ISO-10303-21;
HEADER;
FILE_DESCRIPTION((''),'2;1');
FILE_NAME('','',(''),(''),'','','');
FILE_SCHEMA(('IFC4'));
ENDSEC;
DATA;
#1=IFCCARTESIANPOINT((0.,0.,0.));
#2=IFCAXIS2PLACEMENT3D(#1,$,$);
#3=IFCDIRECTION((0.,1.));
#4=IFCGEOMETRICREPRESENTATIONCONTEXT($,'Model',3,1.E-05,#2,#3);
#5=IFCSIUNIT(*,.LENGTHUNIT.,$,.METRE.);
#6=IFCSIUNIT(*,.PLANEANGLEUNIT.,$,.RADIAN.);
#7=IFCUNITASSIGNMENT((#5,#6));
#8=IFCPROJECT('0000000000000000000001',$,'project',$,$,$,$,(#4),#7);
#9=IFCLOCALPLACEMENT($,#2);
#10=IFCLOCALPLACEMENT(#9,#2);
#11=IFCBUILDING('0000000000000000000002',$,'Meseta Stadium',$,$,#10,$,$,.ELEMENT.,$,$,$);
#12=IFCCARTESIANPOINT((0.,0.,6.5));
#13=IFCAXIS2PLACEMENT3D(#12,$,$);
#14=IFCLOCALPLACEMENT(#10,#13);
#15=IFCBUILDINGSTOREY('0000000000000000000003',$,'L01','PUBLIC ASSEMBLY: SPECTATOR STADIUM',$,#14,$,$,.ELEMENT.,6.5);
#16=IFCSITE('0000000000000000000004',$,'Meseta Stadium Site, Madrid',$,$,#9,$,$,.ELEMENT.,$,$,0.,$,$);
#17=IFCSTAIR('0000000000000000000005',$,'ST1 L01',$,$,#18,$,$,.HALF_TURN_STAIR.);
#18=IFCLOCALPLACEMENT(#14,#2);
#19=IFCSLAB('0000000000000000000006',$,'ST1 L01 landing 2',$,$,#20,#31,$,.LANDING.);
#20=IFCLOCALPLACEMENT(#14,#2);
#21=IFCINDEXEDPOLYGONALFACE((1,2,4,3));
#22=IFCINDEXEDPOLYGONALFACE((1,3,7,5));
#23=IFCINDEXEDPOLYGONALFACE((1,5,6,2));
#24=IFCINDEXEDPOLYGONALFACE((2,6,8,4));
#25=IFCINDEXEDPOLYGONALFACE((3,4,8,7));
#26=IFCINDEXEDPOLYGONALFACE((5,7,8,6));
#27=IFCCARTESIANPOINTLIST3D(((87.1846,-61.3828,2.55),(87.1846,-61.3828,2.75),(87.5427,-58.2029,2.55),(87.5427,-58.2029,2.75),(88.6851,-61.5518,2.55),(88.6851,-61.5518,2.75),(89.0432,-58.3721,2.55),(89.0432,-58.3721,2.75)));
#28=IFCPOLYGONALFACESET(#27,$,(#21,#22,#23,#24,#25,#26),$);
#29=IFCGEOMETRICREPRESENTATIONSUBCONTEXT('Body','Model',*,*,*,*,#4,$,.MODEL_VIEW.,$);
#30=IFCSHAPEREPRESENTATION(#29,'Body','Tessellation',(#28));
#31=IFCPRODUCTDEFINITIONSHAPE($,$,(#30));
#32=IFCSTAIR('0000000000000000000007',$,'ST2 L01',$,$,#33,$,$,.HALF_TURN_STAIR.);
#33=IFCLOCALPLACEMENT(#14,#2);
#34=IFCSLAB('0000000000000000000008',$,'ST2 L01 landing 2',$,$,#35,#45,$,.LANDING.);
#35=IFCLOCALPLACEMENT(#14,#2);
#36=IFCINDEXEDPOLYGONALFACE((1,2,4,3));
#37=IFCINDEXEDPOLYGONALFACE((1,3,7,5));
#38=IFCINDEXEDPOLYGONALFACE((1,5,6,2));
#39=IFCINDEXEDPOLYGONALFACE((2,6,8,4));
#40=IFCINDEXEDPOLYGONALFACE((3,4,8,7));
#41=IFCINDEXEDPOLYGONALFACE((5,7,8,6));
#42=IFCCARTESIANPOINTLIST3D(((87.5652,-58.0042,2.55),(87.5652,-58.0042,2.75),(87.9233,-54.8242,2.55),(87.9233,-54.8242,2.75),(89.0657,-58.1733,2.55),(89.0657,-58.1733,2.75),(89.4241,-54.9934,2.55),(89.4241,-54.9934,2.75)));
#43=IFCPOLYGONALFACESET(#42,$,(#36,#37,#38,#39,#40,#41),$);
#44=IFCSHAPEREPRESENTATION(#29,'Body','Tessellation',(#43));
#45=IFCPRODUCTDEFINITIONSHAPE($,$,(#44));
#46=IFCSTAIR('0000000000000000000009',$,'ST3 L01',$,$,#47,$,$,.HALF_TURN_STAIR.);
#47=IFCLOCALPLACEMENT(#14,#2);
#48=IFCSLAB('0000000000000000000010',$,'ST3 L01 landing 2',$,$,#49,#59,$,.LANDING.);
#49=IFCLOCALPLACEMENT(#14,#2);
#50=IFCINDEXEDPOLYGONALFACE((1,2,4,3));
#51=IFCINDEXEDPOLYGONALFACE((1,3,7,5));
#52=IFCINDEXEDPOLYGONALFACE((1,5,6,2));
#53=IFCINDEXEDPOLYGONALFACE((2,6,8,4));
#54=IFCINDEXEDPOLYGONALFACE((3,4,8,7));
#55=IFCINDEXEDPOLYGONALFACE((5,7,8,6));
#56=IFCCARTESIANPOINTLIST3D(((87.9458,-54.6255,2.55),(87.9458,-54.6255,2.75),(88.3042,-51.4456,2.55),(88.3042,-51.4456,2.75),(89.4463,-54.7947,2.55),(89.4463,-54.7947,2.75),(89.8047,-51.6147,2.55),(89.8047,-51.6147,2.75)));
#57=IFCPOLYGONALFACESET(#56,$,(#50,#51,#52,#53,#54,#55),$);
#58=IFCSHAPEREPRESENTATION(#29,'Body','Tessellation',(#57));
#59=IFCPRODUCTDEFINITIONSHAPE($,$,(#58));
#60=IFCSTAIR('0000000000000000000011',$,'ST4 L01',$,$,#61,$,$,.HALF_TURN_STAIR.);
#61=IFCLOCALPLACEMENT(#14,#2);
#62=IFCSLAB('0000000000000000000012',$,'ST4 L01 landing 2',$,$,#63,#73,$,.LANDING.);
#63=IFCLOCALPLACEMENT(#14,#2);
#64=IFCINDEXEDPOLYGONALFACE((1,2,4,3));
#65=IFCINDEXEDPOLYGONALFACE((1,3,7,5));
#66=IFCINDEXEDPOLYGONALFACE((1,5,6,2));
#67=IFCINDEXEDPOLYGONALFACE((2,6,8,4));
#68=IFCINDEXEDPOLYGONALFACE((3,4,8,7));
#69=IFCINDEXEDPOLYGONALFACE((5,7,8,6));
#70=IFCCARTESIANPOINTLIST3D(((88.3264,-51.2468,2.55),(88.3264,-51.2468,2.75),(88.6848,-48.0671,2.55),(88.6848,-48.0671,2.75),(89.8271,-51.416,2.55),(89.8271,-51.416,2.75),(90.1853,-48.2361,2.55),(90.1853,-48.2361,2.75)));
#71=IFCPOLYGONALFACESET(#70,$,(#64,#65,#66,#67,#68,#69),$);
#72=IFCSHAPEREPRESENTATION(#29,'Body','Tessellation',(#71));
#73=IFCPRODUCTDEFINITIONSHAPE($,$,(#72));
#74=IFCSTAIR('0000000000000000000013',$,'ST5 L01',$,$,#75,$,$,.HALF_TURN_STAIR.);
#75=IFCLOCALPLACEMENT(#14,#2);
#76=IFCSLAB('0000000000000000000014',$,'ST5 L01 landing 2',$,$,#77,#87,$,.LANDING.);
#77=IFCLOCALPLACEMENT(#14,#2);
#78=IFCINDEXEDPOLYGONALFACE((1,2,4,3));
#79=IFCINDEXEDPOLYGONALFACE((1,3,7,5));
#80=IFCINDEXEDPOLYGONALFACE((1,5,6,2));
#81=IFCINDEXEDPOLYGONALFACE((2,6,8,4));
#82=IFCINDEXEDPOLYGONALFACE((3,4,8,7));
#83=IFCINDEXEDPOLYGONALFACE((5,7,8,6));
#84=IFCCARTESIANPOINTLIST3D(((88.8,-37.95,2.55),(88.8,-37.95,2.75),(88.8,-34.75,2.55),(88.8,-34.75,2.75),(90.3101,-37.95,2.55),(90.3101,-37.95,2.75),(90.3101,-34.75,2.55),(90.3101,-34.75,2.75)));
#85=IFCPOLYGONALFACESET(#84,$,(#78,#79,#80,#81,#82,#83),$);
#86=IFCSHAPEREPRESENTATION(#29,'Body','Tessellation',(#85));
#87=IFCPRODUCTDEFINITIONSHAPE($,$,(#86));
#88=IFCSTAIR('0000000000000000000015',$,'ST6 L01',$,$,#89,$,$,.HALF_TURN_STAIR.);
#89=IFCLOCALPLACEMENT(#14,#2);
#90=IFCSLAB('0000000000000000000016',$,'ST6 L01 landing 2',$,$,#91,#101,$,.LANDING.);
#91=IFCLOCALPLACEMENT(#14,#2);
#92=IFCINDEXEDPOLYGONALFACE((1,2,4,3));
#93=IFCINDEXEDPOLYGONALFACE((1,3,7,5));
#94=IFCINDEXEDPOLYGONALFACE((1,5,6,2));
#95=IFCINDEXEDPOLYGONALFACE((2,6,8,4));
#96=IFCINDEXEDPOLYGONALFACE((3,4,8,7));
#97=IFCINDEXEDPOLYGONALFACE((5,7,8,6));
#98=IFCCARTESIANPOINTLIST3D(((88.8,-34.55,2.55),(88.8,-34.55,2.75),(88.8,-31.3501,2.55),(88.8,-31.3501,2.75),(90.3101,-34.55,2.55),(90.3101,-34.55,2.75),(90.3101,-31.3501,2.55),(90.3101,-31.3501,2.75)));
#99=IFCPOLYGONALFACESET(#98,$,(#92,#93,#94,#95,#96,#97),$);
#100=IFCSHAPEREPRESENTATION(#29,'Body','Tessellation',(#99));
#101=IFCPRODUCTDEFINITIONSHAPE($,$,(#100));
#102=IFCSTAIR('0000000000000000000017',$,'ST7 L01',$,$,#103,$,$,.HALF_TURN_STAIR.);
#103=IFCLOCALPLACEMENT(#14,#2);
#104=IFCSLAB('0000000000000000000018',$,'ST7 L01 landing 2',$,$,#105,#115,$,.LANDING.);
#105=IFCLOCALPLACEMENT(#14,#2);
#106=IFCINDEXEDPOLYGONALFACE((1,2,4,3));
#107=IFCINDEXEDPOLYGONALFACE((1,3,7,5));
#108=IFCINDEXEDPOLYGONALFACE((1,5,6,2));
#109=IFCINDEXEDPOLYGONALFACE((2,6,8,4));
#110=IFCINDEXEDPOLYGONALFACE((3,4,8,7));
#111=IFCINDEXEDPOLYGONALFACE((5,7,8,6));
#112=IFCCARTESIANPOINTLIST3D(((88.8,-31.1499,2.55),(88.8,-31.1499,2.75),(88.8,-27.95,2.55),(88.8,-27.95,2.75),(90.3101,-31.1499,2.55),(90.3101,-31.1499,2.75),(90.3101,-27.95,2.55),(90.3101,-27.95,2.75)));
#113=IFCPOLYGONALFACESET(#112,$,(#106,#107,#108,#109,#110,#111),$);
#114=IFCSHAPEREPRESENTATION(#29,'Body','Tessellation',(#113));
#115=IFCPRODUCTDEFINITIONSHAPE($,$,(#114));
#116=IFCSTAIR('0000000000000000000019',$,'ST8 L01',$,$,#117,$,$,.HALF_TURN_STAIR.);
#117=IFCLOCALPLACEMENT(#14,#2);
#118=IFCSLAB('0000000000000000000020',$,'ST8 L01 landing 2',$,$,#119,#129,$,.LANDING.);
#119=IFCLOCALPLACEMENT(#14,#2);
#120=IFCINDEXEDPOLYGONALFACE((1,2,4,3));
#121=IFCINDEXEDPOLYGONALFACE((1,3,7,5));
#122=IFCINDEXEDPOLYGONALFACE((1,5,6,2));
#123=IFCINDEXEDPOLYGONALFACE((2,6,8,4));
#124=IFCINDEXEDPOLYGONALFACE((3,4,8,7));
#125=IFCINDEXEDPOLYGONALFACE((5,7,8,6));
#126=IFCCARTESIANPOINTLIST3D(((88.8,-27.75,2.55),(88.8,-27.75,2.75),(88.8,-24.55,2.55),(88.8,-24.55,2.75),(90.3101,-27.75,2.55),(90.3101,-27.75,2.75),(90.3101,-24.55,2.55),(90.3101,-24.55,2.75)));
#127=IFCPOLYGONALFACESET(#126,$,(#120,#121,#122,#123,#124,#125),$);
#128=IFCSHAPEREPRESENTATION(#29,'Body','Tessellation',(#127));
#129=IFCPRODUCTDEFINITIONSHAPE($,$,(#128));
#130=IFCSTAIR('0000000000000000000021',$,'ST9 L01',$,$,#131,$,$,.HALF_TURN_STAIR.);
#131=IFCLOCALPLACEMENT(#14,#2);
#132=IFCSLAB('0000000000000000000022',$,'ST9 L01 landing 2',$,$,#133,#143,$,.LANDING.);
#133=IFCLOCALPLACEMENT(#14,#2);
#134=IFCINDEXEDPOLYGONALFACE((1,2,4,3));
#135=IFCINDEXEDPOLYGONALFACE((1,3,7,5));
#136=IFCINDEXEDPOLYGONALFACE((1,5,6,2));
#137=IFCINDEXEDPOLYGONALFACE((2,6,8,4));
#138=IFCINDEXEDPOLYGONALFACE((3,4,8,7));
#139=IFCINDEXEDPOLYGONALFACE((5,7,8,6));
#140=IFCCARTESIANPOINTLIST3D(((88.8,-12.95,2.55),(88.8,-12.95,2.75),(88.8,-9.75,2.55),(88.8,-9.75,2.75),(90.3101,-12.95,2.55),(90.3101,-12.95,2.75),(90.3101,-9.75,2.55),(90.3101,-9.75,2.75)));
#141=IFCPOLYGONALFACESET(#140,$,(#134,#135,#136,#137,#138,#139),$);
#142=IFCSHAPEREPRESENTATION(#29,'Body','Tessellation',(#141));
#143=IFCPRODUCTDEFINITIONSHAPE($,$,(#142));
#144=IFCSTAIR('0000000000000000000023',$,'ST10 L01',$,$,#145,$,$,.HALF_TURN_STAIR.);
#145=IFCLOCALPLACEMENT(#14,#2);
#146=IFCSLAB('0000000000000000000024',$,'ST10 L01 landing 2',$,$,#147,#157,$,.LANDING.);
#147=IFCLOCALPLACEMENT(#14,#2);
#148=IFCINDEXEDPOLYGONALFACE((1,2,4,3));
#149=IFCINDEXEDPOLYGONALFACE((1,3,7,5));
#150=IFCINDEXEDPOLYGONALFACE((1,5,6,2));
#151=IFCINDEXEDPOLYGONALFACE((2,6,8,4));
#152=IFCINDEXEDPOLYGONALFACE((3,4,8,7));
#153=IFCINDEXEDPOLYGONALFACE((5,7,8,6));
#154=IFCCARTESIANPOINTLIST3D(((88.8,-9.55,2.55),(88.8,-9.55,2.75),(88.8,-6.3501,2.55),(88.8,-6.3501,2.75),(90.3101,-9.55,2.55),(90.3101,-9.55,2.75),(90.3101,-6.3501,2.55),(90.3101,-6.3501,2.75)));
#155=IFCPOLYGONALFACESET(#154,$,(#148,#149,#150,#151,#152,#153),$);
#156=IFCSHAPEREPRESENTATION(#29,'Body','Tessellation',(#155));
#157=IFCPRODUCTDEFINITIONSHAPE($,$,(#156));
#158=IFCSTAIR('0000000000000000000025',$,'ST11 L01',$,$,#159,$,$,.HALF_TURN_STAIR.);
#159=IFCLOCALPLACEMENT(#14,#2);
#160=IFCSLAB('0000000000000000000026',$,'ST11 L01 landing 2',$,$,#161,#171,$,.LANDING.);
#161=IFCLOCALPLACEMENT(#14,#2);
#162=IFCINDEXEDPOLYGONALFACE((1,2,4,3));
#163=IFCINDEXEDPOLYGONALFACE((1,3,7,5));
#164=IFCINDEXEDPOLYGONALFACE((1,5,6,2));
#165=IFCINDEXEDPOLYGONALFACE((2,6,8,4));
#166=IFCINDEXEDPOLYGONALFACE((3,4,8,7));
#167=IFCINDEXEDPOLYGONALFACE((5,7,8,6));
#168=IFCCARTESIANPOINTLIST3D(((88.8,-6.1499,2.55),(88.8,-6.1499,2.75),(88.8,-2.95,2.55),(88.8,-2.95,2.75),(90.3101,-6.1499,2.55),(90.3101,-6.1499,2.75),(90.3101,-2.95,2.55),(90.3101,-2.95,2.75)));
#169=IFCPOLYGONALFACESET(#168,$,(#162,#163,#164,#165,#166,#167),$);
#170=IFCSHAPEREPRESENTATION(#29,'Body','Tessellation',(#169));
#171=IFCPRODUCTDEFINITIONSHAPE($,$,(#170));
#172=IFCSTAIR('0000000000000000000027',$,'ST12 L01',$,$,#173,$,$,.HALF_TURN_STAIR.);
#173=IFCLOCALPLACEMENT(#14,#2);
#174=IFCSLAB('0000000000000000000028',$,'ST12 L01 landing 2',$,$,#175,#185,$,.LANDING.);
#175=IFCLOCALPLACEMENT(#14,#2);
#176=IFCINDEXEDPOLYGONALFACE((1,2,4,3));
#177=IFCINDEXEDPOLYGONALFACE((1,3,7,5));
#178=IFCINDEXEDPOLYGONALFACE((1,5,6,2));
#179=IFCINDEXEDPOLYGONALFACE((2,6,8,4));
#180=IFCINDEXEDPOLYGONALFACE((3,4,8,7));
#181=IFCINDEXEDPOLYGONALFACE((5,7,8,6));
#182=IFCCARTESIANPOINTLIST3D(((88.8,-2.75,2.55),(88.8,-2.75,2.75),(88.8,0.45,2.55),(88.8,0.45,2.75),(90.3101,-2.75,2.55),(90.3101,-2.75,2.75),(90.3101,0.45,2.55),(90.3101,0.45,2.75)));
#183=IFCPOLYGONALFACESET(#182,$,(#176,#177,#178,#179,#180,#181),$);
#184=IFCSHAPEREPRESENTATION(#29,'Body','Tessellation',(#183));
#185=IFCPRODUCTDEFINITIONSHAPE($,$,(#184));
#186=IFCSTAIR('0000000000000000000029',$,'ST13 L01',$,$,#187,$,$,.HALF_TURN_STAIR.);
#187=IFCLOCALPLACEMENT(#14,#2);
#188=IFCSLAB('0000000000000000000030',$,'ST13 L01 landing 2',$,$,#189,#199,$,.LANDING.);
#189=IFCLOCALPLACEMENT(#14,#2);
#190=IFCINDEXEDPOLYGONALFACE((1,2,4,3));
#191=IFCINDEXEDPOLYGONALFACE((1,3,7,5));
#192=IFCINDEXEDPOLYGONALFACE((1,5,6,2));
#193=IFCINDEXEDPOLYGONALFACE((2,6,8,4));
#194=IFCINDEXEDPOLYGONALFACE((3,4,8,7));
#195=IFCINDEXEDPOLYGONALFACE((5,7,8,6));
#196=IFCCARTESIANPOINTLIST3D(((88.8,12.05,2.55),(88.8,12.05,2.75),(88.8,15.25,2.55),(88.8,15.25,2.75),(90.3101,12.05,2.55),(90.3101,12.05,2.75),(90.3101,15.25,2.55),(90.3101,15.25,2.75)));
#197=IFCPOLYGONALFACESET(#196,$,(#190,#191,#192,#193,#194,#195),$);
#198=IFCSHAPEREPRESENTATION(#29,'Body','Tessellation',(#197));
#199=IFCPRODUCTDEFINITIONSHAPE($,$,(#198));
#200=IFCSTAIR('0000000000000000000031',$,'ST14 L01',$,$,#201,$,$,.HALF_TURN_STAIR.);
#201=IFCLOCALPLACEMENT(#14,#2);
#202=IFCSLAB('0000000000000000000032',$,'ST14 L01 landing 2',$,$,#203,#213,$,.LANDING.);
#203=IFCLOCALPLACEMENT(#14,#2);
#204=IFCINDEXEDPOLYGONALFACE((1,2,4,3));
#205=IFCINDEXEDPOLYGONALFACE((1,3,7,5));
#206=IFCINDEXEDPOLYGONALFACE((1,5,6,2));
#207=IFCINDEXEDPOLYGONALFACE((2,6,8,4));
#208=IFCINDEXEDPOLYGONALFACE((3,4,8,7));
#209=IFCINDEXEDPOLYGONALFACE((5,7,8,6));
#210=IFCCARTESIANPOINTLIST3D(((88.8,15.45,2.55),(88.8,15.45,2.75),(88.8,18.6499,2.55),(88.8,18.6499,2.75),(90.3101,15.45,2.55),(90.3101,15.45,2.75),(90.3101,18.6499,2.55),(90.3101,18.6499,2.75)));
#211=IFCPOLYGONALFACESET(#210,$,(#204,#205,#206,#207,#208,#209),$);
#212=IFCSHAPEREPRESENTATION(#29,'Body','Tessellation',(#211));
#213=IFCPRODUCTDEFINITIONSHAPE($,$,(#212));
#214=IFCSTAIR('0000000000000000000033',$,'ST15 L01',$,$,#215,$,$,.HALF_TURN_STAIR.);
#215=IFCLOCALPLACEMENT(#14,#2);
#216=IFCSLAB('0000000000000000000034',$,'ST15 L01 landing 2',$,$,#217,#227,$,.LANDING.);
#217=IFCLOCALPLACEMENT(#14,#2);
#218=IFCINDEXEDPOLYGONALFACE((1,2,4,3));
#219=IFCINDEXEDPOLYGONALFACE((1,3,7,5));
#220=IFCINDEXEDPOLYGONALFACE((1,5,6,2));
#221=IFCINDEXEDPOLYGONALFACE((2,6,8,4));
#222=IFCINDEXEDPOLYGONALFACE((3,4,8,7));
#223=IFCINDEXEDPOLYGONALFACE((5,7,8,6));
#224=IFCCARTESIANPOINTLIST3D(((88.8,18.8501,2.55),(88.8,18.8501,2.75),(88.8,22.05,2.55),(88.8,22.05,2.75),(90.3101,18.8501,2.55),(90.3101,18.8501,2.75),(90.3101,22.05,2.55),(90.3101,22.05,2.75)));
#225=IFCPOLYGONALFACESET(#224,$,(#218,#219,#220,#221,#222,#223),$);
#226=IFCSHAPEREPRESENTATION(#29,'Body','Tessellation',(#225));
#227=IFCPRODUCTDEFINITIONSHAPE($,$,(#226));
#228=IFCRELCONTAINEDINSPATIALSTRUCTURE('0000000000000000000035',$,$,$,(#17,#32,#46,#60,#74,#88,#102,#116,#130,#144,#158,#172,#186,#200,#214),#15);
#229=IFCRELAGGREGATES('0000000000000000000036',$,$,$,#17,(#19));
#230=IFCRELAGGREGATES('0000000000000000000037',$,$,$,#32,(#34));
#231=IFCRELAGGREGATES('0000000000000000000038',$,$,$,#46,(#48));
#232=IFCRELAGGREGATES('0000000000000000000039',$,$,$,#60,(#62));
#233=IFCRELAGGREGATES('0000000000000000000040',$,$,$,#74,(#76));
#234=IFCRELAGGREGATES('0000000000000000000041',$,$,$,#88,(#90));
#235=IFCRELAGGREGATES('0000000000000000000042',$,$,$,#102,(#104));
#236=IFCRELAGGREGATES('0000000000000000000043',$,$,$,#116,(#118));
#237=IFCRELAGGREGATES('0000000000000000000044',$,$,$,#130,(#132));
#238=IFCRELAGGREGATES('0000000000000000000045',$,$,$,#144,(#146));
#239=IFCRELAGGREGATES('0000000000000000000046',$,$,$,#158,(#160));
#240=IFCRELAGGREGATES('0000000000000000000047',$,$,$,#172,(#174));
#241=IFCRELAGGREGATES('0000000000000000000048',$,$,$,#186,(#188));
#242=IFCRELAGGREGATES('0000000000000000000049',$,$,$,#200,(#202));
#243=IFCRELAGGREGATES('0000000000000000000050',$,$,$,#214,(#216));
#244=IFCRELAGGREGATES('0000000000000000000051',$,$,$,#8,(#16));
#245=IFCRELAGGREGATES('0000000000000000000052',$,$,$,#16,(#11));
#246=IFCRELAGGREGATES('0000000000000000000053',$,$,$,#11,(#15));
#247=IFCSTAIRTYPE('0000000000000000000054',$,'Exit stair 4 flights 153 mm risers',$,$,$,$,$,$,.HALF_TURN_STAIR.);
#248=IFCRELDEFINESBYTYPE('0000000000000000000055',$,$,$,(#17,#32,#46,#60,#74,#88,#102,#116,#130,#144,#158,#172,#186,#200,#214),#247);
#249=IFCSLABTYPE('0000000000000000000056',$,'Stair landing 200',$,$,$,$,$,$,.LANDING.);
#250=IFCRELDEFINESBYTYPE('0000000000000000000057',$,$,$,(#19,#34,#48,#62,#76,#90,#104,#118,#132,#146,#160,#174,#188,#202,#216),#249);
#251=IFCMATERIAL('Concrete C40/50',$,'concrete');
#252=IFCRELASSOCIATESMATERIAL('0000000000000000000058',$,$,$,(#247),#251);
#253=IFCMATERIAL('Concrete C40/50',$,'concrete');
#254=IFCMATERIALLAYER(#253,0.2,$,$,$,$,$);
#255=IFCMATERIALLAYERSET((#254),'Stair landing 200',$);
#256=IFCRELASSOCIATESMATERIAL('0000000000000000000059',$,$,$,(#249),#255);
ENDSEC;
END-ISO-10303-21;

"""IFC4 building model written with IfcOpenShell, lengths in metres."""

from ifc_helpers import new_model, si_unit, direction, frame, origin, place, context, subcontext, project, spatial, polyline, outline, extrude, material, layer, layer_set, type_object, element, aggregate, save


model = new_model("IFC4")

# Units and contexts
model_context = context("Model", 3, precision=1e-05, world=origin(), true_north=direction((0.0, 1.0)))
body_context = subcontext(model_context, "Body", "Model", "MODEL_VIEW")
ifc_project = project(units=[si_unit("LENGTHUNIT", "METRE"), si_unit("PLANEANGLEUNIT", "RADIAN")], contexts=[model_context])

# Site, building, storey
site_placement = place(None, origin())
site = spatial("IfcSite", under=ifc_project, at=site_placement, Name="Meseta Stadium Site, Madrid", CompositionType="ELEMENT", RefElevation=0.0)
building_placement = place(site_placement, origin())
building = spatial("IfcBuilding", under=site, at=building_placement, Name="Meseta Stadium", CompositionType="ELEMENT")
storey_placement = place(building_placement, frame((0.0, 0.0, 6.5)))
storey = spatial("IfcBuildingStorey", under=building, at=storey_placement, Name="L01", Description="PUBLIC ASSEMBLY: SPECTATOR STADIUM", CompositionType="ELEMENT", Elevation=6.5)

# Stairs, slabs
ifc_material_1 = material(Name="Concrete C40/50", Category="concrete")
stair_type = type_object("IfcStairType", Name="Exit stair 4 flights 153 mm risers", PredefinedType="HALF_TURN_STAIR", material=ifc_material_1)
stair_1_placement = place(storey_placement, origin())
stair_1 = element("IfcStair", 1, at=stair_1_placement, inside=storey, type_object=stair_type, Name="ST1 L01", PredefinedType="HALF_TURN_STAIR")
ifc_material_2 = material(Name="Concrete C40/50", Category="concrete")
ifc_layer = layer(ifc_material_2, 0.2)
ifc_layer_set = layer_set([ifc_layer], Name="Stair landing 200")
slab_type = type_object("IfcSlabType", Name="Stair landing 200", PredefinedType="LANDING", material=ifc_layer_set)
slab_1_placement = place(storey_placement, frame((0.0, 0.0, 2.55)))
slab_1 = element("IfcSlab", 2, at=slab_1_placement, type_object=slab_type, Name="ST1 L01 landing 2", PredefinedType="LANDING", context=body_context, shape_type="SweptSolid", body=[
    extrude(outline(polyline([(87.1846, -61.3828), (88.6851, -61.5518), (89.0432, -58.3721), (87.5427, -58.2029), (87.1846, -61.3828)])), origin(), (0.0, 0.0, 1.0), 0.2),
])
aggregate(stair_1, [slab_1])
stair_2_placement = place(storey_placement, origin())
stair_2 = element("IfcStair", 3, at=stair_2_placement, inside=storey, type_object=stair_type, Name="ST2 L01", PredefinedType="HALF_TURN_STAIR")
slab_2_placement = place(storey_placement, frame((0.0, 0.0, 2.55)))
slab_2 = element("IfcSlab", 4, at=slab_2_placement, type_object=slab_type, Name="ST2 L01 landing 2", PredefinedType="LANDING", context=body_context, shape_type="SweptSolid", body=[
    extrude(outline(polyline([(87.5652, -58.0042), (89.0657, -58.1733), (89.4241, -54.9934), (87.9233, -54.8242), (87.5652, -58.0042)])), origin(), (0.0, 0.0, 1.0), 0.2),
])
aggregate(stair_2, [slab_2])
stair_3_placement = place(storey_placement, origin())
stair_3 = element("IfcStair", 5, at=stair_3_placement, inside=storey, type_object=stair_type, Name="ST3 L01", PredefinedType="HALF_TURN_STAIR")
slab_3_placement = place(storey_placement, frame((0.0, 0.0, 2.55)))
slab_3 = element("IfcSlab", 6, at=slab_3_placement, type_object=slab_type, Name="ST3 L01 landing 2", PredefinedType="LANDING", context=body_context, shape_type="SweptSolid", body=[
    extrude(outline(polyline([(87.9458, -54.6255), (89.4463, -54.7947), (89.8047, -51.6147), (88.3042, -51.4456), (87.9458, -54.6255)])), origin(), (0.0, 0.0, 1.0), 0.2),
])
aggregate(stair_3, [slab_3])
stair_4_placement = place(storey_placement, origin())
stair_4 = element("IfcStair", 7, at=stair_4_placement, inside=storey, type_object=stair_type, Name="ST4 L01", PredefinedType="HALF_TURN_STAIR")
slab_4_placement = place(storey_placement, frame((0.0, 0.0, 2.55)))
slab_4 = element("IfcSlab", 8, at=slab_4_placement, type_object=slab_type, Name="ST4 L01 landing 2", PredefinedType="LANDING", context=body_context, shape_type="SweptSolid", body=[
    extrude(outline(polyline([(88.3264, -51.2468), (89.8271, -51.416), (90.1853, -48.2361), (88.6848, -48.0671), (88.3264, -51.2468)])), origin(), (0.0, 0.0, 1.0), 0.2),
])
aggregate(stair_4, [slab_4])
stair_5_placement = place(storey_placement, origin())
stair_5 = element("IfcStair", 9, at=stair_5_placement, inside=storey, type_object=stair_type, Name="ST5 L01", PredefinedType="HALF_TURN_STAIR")
slab_5_placement = place(storey_placement, frame((0.0, 0.0, 2.55)))
slab_5 = element("IfcSlab", 10, at=slab_5_placement, type_object=slab_type, Name="ST5 L01 landing 2", PredefinedType="LANDING", context=body_context, shape_type="SweptSolid", body=[
    extrude(outline(polyline([(88.8, -37.95), (90.3101, -37.95), (90.3101, -34.75), (88.8, -34.75), (88.8, -37.95)])), origin(), (0.0, 0.0, 1.0), 0.2),
])
aggregate(stair_5, [slab_5])
stair_6_placement = place(storey_placement, origin())
stair_6 = element("IfcStair", 11, at=stair_6_placement, inside=storey, type_object=stair_type, Name="ST6 L01", PredefinedType="HALF_TURN_STAIR")
slab_6_placement = place(storey_placement, frame((0.0, 0.0, 2.55)))
slab_6 = element("IfcSlab", 12, at=slab_6_placement, type_object=slab_type, Name="ST6 L01 landing 2", PredefinedType="LANDING", context=body_context, shape_type="SweptSolid", body=[
    extrude(outline(polyline([(88.8, -34.55), (90.3101, -34.55), (90.3101, -31.3501), (88.8, -31.3501), (88.8, -34.55)])), origin(), (0.0, 0.0, 1.0), 0.2),
])
aggregate(stair_6, [slab_6])
stair_7_placement = place(storey_placement, origin())
stair_7 = element("IfcStair", 13, at=stair_7_placement, inside=storey, type_object=stair_type, Name="ST7 L01", PredefinedType="HALF_TURN_STAIR")
slab_7_placement = place(storey_placement, frame((0.0, 0.0, 2.55)))
slab_7 = element("IfcSlab", 14, at=slab_7_placement, type_object=slab_type, Name="ST7 L01 landing 2", PredefinedType="LANDING", context=body_context, shape_type="SweptSolid", body=[
    extrude(outline(polyline([(88.8, -31.1499), (90.3101, -31.1499), (90.3101, -27.95), (88.8, -27.95), (88.8, -31.1499)])), origin(), (0.0, 0.0, 1.0), 0.2),
])
aggregate(stair_7, [slab_7])
stair_8_placement = place(storey_placement, origin())
stair_8 = element("IfcStair", 15, at=stair_8_placement, inside=storey, type_object=stair_type, Name="ST8 L01", PredefinedType="HALF_TURN_STAIR")
slab_8_placement = place(storey_placement, frame((0.0, 0.0, 2.55)))
slab_8 = element("IfcSlab", 16, at=slab_8_placement, type_object=slab_type, Name="ST8 L01 landing 2", PredefinedType="LANDING", context=body_context, shape_type="SweptSolid", body=[
    extrude(outline(polyline([(88.8, -27.75), (90.3101, -27.75), (90.3101, -24.55), (88.8, -24.55), (88.8, -27.75)])), origin(), (0.0, 0.0, 1.0), 0.2),
])
aggregate(stair_8, [slab_8])
stair_9_placement = place(storey_placement, origin())
stair_9 = element("IfcStair", 17, at=stair_9_placement, inside=storey, type_object=stair_type, Name="ST9 L01", PredefinedType="HALF_TURN_STAIR")
slab_9_placement = place(storey_placement, frame((0.0, 0.0, 2.55)))
slab_9 = element("IfcSlab", 18, at=slab_9_placement, type_object=slab_type, Name="ST9 L01 landing 2", PredefinedType="LANDING", context=body_context, shape_type="SweptSolid", body=[
    extrude(outline(polyline([(88.8, -12.95), (90.3101, -12.95), (90.3101, -9.75), (88.8, -9.75), (88.8, -12.95)])), origin(), (0.0, 0.0, 1.0), 0.2),
])
aggregate(stair_9, [slab_9])
stair_10_placement = place(storey_placement, origin())
stair_10 = element("IfcStair", 19, at=stair_10_placement, inside=storey, type_object=stair_type, Name="ST10 L01", PredefinedType="HALF_TURN_STAIR")
slab_10_placement = place(storey_placement, frame((0.0, 0.0, 2.55)))
slab_10 = element("IfcSlab", 20, at=slab_10_placement, type_object=slab_type, Name="ST10 L01 landing 2", PredefinedType="LANDING", context=body_context, shape_type="SweptSolid", body=[
    extrude(outline(polyline([(88.8, -9.55), (90.3101, -9.55), (90.3101, -6.3501), (88.8, -6.3501), (88.8, -9.55)])), origin(), (0.0, 0.0, 1.0), 0.2),
])
aggregate(stair_10, [slab_10])
stair_11_placement = place(storey_placement, origin())
stair_11 = element("IfcStair", 21, at=stair_11_placement, inside=storey, type_object=stair_type, Name="ST11 L01", PredefinedType="HALF_TURN_STAIR")
slab_11_placement = place(storey_placement, frame((0.0, 0.0, 2.55)))
slab_11 = element("IfcSlab", 22, at=slab_11_placement, type_object=slab_type, Name="ST11 L01 landing 2", PredefinedType="LANDING", context=body_context, shape_type="SweptSolid", body=[
    extrude(outline(polyline([(88.8, -6.1499), (90.3101, -6.1499), (90.3101, -2.95), (88.8, -2.95), (88.8, -6.1499)])), origin(), (0.0, 0.0, 1.0), 0.2),
])
aggregate(stair_11, [slab_11])
stair_12_placement = place(storey_placement, origin())
stair_12 = element("IfcStair", 23, at=stair_12_placement, inside=storey, type_object=stair_type, Name="ST12 L01", PredefinedType="HALF_TURN_STAIR")
slab_12_placement = place(storey_placement, frame((0.0, 0.0, 2.55)))
slab_12 = element("IfcSlab", 24, at=slab_12_placement, type_object=slab_type, Name="ST12 L01 landing 2", PredefinedType="LANDING", context=body_context, shape_type="SweptSolid", body=[
    extrude(outline(polyline([(88.8, -2.75), (90.3101, -2.75), (90.3101, 0.45), (88.8, 0.45), (88.8, -2.75)])), origin(), (0.0, 0.0, 1.0), 0.2),
])
aggregate(stair_12, [slab_12])
stair_13_placement = place(storey_placement, origin())
stair_13 = element("IfcStair", 25, at=stair_13_placement, inside=storey, type_object=stair_type, Name="ST13 L01", PredefinedType="HALF_TURN_STAIR")
slab_13_placement = place(storey_placement, frame((0.0, 0.0, 2.55)))
slab_13 = element("IfcSlab", 26, at=slab_13_placement, type_object=slab_type, Name="ST13 L01 landing 2", PredefinedType="LANDING", context=body_context, shape_type="SweptSolid", body=[
    extrude(outline(polyline([(88.8, 12.05), (90.3101, 12.05), (90.3101, 15.25), (88.8, 15.25), (88.8, 12.05)])), origin(), (0.0, 0.0, 1.0), 0.2),
])
aggregate(stair_13, [slab_13])
stair_14_placement = place(storey_placement, origin())
stair_14 = element("IfcStair", 27, at=stair_14_placement, inside=storey, type_object=stair_type, Name="ST14 L01", PredefinedType="HALF_TURN_STAIR")
slab_14_placement = place(storey_placement, frame((0.0, 0.0, 2.55)))
slab_14 = element("IfcSlab", 28, at=slab_14_placement, type_object=slab_type, Name="ST14 L01 landing 2", PredefinedType="LANDING", context=body_context, shape_type="SweptSolid", body=[
    extrude(outline(polyline([(88.8, 15.45), (90.3101, 15.45), (90.3101, 18.6499), (88.8, 18.6499), (88.8, 15.45)])), origin(), (0.0, 0.0, 1.0), 0.2),
])
aggregate(stair_14, [slab_14])
stair_15_placement = place(storey_placement, origin())
stair_15 = element("IfcStair", 29, at=stair_15_placement, inside=storey, type_object=stair_type, Name="ST15 L01", PredefinedType="HALF_TURN_STAIR")
slab_15_placement = place(storey_placement, frame((0.0, 0.0, 2.55)))
slab_15 = element("IfcSlab", 30, at=slab_15_placement, type_object=slab_type, Name="ST15 L01 landing 2", PredefinedType="LANDING", context=body_context, shape_type="SweptSolid", body=[
    extrude(outline(polyline([(88.8, 18.8501), (90.3101, 18.8501), (90.3101, 22.05), (88.8, 22.05), (88.8, 18.8501)])), origin(), (0.0, 0.0, 1.0), 0.2),
])
aggregate(stair_15, [slab_15])

save(model, "model.ifc")
